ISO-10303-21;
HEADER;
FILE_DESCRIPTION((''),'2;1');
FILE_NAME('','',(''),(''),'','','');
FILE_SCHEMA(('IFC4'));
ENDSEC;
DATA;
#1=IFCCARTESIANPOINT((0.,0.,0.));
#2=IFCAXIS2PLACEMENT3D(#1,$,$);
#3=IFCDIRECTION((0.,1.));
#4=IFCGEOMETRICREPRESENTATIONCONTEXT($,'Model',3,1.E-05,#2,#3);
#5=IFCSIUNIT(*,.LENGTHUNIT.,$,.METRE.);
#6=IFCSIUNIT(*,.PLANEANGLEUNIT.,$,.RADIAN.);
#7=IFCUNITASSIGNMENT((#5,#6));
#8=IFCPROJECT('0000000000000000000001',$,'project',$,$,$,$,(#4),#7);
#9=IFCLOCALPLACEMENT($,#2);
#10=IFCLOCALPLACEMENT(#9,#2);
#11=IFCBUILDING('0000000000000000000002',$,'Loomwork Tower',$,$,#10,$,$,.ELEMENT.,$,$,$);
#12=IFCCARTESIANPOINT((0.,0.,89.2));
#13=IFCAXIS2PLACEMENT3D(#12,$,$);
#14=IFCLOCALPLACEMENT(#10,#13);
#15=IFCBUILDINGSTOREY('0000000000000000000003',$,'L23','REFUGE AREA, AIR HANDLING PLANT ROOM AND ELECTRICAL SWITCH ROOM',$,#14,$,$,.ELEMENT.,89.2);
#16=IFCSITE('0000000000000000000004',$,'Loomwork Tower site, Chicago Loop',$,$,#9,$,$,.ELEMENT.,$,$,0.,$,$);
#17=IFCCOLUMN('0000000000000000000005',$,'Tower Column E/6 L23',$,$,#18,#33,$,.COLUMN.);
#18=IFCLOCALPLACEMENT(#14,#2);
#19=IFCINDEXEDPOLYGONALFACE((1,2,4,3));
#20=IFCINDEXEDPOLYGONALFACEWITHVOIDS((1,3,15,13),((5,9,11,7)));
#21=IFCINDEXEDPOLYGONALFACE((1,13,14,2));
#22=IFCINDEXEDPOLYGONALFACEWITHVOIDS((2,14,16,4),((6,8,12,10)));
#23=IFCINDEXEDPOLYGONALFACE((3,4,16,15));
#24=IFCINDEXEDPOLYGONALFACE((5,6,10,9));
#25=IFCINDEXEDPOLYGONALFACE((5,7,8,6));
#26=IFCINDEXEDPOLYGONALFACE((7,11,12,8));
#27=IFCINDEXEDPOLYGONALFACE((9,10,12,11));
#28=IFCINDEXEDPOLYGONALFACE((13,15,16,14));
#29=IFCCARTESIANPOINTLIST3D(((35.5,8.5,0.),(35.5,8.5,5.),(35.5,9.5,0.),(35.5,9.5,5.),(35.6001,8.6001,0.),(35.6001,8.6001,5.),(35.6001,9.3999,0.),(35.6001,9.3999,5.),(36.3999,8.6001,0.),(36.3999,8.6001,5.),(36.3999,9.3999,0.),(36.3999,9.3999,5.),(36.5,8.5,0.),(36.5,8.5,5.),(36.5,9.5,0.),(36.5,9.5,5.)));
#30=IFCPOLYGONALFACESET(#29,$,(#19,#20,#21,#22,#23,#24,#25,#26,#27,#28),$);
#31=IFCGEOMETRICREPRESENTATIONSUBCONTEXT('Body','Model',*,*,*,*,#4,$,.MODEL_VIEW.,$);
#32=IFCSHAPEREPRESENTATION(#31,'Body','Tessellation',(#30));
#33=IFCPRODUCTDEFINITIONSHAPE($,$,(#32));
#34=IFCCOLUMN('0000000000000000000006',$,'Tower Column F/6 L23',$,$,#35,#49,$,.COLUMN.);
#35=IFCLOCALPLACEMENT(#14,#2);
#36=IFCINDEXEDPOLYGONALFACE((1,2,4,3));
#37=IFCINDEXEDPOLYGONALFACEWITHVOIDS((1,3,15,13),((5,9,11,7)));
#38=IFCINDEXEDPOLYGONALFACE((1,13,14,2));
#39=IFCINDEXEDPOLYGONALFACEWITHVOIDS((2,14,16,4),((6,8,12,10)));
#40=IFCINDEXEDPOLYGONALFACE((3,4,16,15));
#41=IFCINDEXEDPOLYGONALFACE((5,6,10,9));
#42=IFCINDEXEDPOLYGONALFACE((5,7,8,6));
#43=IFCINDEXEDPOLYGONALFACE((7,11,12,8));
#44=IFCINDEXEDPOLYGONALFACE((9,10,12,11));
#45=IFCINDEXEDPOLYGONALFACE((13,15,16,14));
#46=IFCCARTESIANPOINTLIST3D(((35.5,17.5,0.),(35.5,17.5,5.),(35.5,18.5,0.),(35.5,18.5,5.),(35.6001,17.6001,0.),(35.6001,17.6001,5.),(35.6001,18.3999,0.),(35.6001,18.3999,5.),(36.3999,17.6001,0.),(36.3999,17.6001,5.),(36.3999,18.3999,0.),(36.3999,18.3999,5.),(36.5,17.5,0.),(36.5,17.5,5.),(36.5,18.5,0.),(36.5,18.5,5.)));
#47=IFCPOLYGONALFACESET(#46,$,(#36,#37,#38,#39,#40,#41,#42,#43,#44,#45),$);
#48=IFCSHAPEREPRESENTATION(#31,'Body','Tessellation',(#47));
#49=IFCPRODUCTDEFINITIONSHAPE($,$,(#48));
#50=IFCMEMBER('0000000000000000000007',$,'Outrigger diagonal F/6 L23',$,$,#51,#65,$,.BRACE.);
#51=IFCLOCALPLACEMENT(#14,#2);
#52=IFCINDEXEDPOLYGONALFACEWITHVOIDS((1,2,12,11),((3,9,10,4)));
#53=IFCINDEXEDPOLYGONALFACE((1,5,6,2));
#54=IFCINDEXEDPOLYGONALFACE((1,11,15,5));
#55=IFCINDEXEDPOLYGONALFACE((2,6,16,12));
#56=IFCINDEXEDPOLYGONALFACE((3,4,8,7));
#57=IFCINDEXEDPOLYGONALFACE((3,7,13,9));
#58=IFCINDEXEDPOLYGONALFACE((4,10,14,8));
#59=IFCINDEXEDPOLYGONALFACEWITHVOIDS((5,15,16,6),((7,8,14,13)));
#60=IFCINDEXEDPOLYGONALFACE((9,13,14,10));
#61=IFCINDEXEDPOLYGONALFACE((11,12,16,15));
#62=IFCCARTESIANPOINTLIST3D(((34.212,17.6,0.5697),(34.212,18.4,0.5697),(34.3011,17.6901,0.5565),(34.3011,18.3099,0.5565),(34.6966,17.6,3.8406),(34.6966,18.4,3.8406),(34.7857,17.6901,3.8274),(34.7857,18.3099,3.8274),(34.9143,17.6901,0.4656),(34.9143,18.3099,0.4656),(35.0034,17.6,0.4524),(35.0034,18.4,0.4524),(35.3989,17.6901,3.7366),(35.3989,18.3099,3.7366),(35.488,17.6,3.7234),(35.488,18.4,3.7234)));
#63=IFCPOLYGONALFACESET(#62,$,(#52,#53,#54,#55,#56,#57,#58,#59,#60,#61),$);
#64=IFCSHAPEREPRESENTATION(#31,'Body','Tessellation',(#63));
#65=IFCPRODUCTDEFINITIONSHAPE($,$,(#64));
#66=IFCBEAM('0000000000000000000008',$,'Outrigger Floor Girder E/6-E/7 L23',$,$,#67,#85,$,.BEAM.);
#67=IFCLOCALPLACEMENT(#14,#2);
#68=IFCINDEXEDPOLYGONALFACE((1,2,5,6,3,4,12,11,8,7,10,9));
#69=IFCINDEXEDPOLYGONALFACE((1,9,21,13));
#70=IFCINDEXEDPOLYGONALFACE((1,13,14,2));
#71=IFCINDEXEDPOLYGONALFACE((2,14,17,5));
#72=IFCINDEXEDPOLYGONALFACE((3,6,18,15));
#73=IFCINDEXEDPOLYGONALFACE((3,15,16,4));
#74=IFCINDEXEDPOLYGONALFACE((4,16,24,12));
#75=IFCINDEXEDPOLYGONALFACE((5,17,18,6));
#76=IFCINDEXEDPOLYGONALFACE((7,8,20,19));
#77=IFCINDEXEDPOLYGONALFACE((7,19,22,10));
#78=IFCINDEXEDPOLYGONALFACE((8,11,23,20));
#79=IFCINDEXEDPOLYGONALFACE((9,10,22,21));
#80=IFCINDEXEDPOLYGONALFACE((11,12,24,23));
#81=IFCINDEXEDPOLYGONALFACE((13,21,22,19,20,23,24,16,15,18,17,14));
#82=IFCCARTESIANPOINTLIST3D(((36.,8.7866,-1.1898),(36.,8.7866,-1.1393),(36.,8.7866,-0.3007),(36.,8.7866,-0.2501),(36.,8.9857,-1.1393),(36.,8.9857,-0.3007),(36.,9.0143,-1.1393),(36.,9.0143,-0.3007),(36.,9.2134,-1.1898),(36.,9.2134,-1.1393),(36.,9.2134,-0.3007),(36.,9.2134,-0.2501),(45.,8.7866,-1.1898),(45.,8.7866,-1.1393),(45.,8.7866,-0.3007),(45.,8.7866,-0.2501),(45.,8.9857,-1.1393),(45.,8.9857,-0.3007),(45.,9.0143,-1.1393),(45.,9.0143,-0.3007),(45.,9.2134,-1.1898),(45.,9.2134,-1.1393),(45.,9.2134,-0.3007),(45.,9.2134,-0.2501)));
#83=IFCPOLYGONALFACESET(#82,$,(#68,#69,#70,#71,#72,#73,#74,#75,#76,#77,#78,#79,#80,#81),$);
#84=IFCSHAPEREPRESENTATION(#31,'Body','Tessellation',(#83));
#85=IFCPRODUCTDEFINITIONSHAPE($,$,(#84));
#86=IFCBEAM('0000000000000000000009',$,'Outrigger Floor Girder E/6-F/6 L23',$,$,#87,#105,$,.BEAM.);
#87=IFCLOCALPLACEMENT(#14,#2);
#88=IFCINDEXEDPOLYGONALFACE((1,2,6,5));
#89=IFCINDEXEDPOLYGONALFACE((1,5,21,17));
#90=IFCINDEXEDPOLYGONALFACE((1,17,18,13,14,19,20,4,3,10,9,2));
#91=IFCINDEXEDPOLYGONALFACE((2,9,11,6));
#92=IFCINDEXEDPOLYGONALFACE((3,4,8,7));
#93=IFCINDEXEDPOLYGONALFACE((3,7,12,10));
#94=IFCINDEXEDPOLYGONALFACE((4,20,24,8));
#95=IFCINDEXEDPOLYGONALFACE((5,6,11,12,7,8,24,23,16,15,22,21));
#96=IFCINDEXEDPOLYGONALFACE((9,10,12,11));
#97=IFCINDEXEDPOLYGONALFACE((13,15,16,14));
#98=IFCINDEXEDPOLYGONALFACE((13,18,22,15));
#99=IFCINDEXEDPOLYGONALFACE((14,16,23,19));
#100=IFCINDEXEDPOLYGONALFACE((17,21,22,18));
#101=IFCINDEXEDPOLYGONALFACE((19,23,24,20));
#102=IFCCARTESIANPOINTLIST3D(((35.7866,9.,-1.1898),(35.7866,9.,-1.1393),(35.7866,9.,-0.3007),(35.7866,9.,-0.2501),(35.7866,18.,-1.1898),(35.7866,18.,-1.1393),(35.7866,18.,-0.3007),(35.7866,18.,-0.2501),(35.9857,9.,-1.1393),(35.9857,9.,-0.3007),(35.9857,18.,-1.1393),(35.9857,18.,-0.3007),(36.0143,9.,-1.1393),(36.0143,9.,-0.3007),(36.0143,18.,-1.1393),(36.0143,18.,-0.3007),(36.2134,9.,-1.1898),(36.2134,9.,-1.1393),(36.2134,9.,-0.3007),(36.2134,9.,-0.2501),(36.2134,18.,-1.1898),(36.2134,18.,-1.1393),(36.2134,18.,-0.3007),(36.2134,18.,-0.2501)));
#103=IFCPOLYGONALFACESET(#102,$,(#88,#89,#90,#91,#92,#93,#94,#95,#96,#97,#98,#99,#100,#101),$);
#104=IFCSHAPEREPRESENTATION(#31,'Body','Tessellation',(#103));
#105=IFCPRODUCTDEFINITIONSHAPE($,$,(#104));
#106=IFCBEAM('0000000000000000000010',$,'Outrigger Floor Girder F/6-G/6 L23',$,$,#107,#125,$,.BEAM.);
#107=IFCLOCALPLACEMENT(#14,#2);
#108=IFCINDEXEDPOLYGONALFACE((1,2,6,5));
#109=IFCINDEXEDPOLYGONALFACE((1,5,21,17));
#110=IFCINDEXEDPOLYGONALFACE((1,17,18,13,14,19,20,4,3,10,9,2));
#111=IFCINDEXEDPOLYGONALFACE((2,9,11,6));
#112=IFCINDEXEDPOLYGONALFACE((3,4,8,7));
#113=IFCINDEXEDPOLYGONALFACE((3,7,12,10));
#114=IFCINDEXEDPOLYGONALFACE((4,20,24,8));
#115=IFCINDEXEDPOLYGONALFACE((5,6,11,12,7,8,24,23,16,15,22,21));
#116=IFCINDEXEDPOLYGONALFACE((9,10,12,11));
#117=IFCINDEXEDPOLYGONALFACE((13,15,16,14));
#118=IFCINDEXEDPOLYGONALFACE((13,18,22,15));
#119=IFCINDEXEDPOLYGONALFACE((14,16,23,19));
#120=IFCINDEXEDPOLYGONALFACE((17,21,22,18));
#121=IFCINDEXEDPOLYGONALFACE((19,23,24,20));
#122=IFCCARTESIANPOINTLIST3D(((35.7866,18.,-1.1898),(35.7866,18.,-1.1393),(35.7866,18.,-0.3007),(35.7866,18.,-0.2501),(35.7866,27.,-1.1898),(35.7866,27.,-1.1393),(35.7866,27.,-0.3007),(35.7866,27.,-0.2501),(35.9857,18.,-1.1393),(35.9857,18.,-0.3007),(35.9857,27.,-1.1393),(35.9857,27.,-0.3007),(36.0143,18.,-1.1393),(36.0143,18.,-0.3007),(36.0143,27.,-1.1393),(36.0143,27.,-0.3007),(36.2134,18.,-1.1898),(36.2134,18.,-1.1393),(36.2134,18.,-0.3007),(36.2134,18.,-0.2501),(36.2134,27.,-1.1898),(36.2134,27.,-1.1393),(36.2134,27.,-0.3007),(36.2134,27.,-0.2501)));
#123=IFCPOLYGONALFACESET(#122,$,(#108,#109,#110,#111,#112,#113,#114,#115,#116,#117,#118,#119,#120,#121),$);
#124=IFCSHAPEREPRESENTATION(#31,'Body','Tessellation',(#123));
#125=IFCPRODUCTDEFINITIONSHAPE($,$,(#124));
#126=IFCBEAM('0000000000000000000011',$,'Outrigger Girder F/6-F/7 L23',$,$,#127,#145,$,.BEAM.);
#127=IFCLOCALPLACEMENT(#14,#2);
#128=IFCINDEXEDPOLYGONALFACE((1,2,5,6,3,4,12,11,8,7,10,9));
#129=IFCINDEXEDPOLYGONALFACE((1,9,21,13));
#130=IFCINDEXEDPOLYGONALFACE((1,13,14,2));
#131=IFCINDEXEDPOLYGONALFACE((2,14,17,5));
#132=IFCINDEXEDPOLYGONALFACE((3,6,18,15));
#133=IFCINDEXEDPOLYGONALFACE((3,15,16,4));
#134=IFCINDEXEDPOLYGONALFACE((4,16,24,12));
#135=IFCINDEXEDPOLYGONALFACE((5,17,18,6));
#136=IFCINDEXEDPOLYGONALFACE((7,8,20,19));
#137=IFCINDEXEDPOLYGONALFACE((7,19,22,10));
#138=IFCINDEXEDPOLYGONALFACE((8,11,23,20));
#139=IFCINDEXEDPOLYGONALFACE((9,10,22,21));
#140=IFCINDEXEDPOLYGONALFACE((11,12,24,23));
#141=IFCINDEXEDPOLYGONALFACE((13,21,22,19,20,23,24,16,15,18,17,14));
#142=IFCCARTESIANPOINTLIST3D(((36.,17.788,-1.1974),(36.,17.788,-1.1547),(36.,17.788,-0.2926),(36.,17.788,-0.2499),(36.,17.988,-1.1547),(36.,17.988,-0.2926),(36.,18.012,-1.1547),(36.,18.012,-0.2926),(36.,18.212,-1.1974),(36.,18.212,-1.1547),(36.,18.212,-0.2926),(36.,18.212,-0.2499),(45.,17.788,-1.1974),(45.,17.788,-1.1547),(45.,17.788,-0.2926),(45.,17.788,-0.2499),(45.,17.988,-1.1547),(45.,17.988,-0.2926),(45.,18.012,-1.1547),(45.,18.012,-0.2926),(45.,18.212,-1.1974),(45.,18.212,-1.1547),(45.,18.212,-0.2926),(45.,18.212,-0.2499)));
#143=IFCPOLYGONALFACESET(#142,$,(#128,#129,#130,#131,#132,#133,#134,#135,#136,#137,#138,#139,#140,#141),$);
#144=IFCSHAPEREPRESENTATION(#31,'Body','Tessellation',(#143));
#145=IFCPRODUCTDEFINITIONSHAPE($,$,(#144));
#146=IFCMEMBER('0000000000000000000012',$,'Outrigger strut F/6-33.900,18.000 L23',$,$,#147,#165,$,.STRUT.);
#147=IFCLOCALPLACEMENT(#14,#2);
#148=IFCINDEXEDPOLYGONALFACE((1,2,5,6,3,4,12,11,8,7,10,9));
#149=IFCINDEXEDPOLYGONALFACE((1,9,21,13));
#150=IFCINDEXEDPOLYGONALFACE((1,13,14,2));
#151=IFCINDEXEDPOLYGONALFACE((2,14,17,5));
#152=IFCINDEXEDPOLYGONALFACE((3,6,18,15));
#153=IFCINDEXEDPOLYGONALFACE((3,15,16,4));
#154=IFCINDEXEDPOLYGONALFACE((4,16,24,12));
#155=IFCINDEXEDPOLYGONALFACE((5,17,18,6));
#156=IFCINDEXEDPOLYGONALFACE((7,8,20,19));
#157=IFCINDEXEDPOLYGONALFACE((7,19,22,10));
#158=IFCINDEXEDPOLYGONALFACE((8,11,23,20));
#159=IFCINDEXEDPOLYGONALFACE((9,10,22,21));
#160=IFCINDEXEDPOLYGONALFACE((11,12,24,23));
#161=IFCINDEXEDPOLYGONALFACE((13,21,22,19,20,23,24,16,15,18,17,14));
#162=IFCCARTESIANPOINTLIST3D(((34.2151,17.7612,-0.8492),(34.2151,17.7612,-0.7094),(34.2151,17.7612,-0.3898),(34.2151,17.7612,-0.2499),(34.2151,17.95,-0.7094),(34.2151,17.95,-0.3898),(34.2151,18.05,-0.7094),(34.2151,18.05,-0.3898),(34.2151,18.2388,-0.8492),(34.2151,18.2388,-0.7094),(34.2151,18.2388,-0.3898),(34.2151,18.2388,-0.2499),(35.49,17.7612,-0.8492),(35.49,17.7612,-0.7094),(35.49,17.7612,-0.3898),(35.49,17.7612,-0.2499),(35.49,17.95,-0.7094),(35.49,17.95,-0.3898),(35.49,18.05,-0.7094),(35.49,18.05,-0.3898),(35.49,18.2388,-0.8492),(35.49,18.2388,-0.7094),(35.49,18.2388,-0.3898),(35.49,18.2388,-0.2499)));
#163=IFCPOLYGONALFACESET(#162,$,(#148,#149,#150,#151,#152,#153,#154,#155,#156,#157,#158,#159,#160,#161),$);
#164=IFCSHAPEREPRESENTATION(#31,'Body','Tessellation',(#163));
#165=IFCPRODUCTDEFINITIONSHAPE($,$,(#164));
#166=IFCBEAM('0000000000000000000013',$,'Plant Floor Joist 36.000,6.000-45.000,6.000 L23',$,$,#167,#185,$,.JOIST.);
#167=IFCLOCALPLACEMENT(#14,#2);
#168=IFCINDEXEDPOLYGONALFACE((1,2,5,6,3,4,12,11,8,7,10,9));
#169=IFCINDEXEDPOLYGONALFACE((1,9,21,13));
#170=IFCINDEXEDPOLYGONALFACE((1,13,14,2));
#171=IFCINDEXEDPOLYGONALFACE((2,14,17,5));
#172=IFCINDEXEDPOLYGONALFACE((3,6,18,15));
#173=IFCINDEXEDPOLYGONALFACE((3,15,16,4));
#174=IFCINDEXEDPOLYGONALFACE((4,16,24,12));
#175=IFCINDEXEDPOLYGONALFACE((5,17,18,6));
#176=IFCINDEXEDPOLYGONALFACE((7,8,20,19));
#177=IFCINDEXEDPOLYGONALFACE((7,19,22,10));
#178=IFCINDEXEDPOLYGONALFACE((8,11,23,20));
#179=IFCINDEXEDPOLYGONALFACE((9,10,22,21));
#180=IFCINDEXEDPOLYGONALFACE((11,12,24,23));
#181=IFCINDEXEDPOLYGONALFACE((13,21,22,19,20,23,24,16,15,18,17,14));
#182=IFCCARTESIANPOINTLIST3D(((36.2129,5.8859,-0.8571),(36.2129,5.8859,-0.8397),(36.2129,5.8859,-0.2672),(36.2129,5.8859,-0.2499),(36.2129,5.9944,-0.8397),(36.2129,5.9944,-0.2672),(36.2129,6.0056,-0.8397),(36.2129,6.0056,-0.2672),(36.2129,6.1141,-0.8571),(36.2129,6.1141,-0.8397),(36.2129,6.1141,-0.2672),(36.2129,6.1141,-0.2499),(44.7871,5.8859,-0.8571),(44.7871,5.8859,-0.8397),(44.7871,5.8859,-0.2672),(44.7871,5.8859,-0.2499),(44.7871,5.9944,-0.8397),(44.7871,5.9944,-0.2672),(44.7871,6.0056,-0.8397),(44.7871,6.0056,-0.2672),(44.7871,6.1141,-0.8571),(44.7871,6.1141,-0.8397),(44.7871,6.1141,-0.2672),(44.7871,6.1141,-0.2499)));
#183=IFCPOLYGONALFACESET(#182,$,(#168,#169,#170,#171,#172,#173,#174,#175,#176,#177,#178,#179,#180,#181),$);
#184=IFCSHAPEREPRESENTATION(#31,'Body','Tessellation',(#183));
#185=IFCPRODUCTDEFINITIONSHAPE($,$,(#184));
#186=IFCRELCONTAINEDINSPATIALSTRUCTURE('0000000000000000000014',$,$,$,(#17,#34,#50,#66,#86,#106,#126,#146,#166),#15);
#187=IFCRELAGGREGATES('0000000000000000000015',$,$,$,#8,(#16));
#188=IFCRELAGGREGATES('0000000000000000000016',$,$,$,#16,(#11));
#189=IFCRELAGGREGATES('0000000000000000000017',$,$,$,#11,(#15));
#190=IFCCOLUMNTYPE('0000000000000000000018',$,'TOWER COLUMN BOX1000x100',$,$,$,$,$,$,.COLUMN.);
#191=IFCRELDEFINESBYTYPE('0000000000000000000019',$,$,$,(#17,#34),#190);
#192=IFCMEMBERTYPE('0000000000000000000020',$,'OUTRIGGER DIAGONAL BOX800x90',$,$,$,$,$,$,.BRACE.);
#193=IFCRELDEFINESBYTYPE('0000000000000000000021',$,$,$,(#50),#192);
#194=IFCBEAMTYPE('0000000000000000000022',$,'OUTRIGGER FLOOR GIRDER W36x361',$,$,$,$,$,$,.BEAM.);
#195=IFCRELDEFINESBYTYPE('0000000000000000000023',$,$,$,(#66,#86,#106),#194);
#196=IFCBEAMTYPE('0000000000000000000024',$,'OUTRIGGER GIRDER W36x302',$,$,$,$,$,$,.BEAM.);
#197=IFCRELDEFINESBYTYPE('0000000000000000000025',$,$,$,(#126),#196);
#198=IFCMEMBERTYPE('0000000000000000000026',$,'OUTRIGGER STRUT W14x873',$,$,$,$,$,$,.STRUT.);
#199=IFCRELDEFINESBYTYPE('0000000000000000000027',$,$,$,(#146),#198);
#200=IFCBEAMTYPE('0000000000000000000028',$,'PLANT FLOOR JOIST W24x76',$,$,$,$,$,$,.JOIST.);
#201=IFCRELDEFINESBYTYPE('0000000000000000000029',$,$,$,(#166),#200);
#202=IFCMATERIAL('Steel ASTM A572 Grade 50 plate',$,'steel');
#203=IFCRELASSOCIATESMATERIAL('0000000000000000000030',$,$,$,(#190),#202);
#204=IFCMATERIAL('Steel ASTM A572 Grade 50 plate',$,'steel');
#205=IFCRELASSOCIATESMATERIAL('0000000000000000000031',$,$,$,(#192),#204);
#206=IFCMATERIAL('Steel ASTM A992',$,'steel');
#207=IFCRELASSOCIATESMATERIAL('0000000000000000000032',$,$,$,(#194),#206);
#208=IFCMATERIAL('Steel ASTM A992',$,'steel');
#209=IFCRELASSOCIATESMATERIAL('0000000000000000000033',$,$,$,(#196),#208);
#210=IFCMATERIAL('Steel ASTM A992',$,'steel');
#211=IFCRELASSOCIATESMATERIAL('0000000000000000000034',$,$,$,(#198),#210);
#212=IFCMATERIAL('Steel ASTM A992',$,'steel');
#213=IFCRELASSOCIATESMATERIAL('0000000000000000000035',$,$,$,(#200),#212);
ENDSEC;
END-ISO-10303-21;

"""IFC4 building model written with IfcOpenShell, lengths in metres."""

from ifc_helpers import new_model, si_unit, direction, frame, origin, origin_2d, place, context, subcontext, project, spatial, hollow_rectangle, i_section, extrude, material, material_profile, profile_set, type_object, element, save


model = new_model("IFC4")

# Units and contexts
model_context = context("Model", 3, precision=1e-05, world=origin(), true_north=direction((0.0, 1.0)))
body_context = subcontext(model_context, "Body", "Model", "MODEL_VIEW")
ifc_project = project(units=[si_unit("LENGTHUNIT", "METRE"), si_unit("PLANEANGLEUNIT", "RADIAN")], contexts=[model_context])

# Site, building, storey
site_placement = place(None, origin())
site = spatial("IfcSite", under=ifc_project, at=site_placement, Name="Loomwork Tower site, Chicago Loop", CompositionType="ELEMENT", RefElevation=0.0)
building_placement = place(site_placement, origin())
building = spatial("IfcBuilding", under=site, at=building_placement, Name="Loomwork Tower", CompositionType="ELEMENT")
storey_placement = place(building_placement, frame((0.0, 0.0, 89.2)))
storey = spatial("IfcBuildingStorey", under=building, at=storey_placement, Name="L23", Description="REFUGE AREA, AIR HANDLING PLANT ROOM AND ELECTRICAL SWITCH ROOM", CompositionType="ELEMENT", Elevation=89.2)

# Columns
ifc_material_1 = material(Name="Steel ASTM A572 Grade 50 plate", Category="steel")
ifc_material_profile_1 = material_profile(ifc_material_1, hollow_rectangle(XDim=1.0, YDim=1.0, WallThickness=0.1001, at=origin_2d()), Name="BOX1000x100")
ifc_profile_set_1 = profile_set([ifc_material_profile_1], Name="Steel ASTM A572 Grade 50 plate")
column_type = type_object("IfcColumnType", Name="TOWER COLUMN BOX1000x100", PredefinedType="COLUMN", material=ifc_profile_set_1)
for number, where, z_axis, x_axis, name in (
    (1, (36.0, 9.0, 0.0), (0.0, 0.0, 1.0), (0.0, 1.0, 0.0), "Tower Column E/6 L23"),
    (2, (36.0, 18.0, 0.0), (0.0, 0.0, 1.0), (0.0, 1.0, 0.0), "Tower Column F/6 L23"),
):
    element("IfcColumn", number, at=place(storey_placement, frame(where, z_axis=z_axis, x_axis=x_axis)), inside=storey, type_object=column_type, Name=name, PredefinedType="COLUMN", context=body_context, shape_type="SweptSolid", body=[
        extrude(hollow_rectangle(XDim=1.0, YDim=1.0, WallThickness=0.1001, at=origin_2d()), origin(), (0.0, 0.0, 1.0), 5.0),
    ])

# Member
ifc_material_2 = material(Name="Steel ASTM A572 Grade 50 plate", Category="steel")
ifc_material_profile_2 = material_profile(ifc_material_2, hollow_rectangle(XDim=0.8, YDim=0.8, WallThickness=0.0901, at=origin_2d()), Name="BOX800x90")
ifc_profile_set_2 = profile_set([ifc_material_profile_2], Name="Steel ASTM A572 Grade 50 plate")
member_type_1 = type_object("IfcMemberType", Name="OUTRIGGER DIAGONAL BOX800x90", PredefinedType="BRACE", material=ifc_profile_set_2)
member_1_placement = place(storey_placement, frame((35.0923, 18.0, 3.782), z_axis=(-0.146557, 0.0, -0.989202), x_axis=(0.0, -1.0, 0.0)))
element("IfcMember", 3, at=member_1_placement, inside=storey, type_object=member_type_1, Name="Outrigger diagonal F/6 L23", PredefinedType="BRACE", context=body_context, shape_type="SweptSolid", body=[
    extrude(hollow_rectangle(XDim=0.8, YDim=0.8, WallThickness=0.0901, at=origin_2d()), origin(), (0.0, 0.0, 1.0), 3.3066),
])

# Beams
ifc_material_3 = material(Name="Steel ASTM A992", Category="steel")
ifc_material_profile_3 = material_profile(ifc_material_3, i_section(OverallWidth=0.4268, OverallDepth=0.9397, WebThickness=0.0286, FlangeThickness=0.0505, at=origin_2d()), Name="W36x361")
ifc_profile_set_3 = profile_set([ifc_material_profile_3], Name="Steel ASTM A992")
beam_type_1 = type_object("IfcBeamType", Name="OUTRIGGER FLOOR GIRDER W36x361", PredefinedType="BEAM", material=ifc_profile_set_3)
for number, where, z_axis, x_axis, name in (
    (4, (36.0, 9.0, -0.72), (1.0, 0.0, 0.0), (0.0, 1.0, 0.0), "Outrigger Floor Girder E/6-E/7 L23"),
    (5, (36.0, 9.0, -0.72), (0.0, 1.0, 0.0), (-1.0, 0.0, 0.0), "Outrigger Floor Girder E/6-F/6 L23"),
    (6, (36.0, 18.0, -0.72), (0.0, 1.0, 0.0), (-1.0, 0.0, 0.0), "Outrigger Floor Girder F/6-G/6 L23"),
):
    element("IfcBeam", number, at=place(storey_placement, frame(where, z_axis=z_axis, x_axis=x_axis)), inside=storey, type_object=beam_type_1, Name=name, PredefinedType="BEAM", context=body_context, shape_type="SweptSolid", body=[
        extrude(i_section(OverallWidth=0.4268, OverallDepth=0.9397, WebThickness=0.0286, FlangeThickness=0.0505, at=origin_2d()), origin(), (0.0, 0.0, 1.0), 9.0),
    ])
ifc_material_4 = material(Name="Steel ASTM A992", Category="steel")
ifc_material_profile_4 = material_profile(ifc_material_4, i_section(OverallWidth=0.4241, OverallDepth=0.9475, WebThickness=0.0239, FlangeThickness=0.0427, at=origin_2d()), Name="W36x302")
ifc_profile_set_4 = profile_set([ifc_material_profile_4], Name="Steel ASTM A992")
beam_type_2 = type_object("IfcBeamType", Name="OUTRIGGER GIRDER W36x302", PredefinedType="BEAM", material=ifc_profile_set_4)
beam_1_placement = place(storey_placement, frame((36.0, 18.0, -0.7236), z_axis=(1.0, 0.0, 0.0), x_axis=(0.0, 1.0, 0.0)))
element("IfcBeam", 7, at=beam_1_placement, inside=storey, type_object=beam_type_2, Name="Outrigger Girder F/6-F/7 L23", PredefinedType="BEAM", context=body_context, shape_type="SweptSolid", body=[
    extrude(i_section(OverallWidth=0.4241, OverallDepth=0.9475, WebThickness=0.0239, FlangeThickness=0.0427, at=origin_2d()), origin(), (0.0, 0.0, 1.0), 9.0),
])

# Member
ifc_material_5 = material(Name="Steel ASTM A992", Category="steel")
ifc_material_profile_5 = material_profile(ifc_material_5, i_section(OverallWidth=0.4775, OverallDepth=0.5994, WebThickness=0.1001, FlangeThickness=0.1399, at=origin_2d()), Name="W14x873")
ifc_profile_set_5 = profile_set([ifc_material_profile_5], Name="Steel ASTM A992")
member_type_2 = type_object("IfcMemberType", Name="OUTRIGGER STRUT W14x873", PredefinedType="STRUT", material=ifc_profile_set_5)
member_2_placement = place(storey_placement, frame((35.49, 18.0, -0.5496), z_axis=(-1.0, 0.0, 0.0), x_axis=(0.0, -1.0, 0.0)))
element("IfcMember", 8, at=member_2_placement, inside=storey, type_object=member_type_2, Name="Outrigger strut F/6-33.900,18.000 L23", PredefinedType="STRUT", context=body_context, shape_type="SweptSolid", body=[
    extrude(i_section(OverallWidth=0.4775, OverallDepth=0.5994, WebThickness=0.1001, FlangeThickness=0.1399, at=origin_2d()), origin(), (0.0, 0.0, 1.0), 1.2749),
])

# Beam
ifc_material_6 = material(Name="Steel ASTM A992", Category="steel")
ifc_material_profile_6 = material_profile(ifc_material_6, i_section(OverallWidth=0.2283, OverallDepth=0.6072, WebThickness=0.0112, FlangeThickness=0.0173, at=origin_2d()), Name="W24x76")
ifc_profile_set_6 = profile_set([ifc_material_profile_6], Name="Steel ASTM A992")
beam_type_3 = type_object("IfcBeamType", Name="PLANT FLOOR JOIST W24x76", PredefinedType="JOIST", material=ifc_profile_set_6)
beam_2_placement = place(storey_placement, frame((36.2129, 6.0, -0.5535), z_axis=(1.0, 0.0, 0.0), x_axis=(0.0, 1.0, 0.0)))
element("IfcBeam", 9, at=beam_2_placement, inside=storey, type_object=beam_type_3, Name="Plant Floor Joist 36.000,6.000-45.000,6.000 L23", PredefinedType="JOIST", context=body_context, shape_type="SweptSolid", body=[
    extrude(i_section(OverallWidth=0.2283, OverallDepth=0.6072, WebThickness=0.0112, FlangeThickness=0.0173, at=origin_2d()), origin(), (0.0, 0.0, 1.0), 8.5742),
])

save(model, "model.ifc")
